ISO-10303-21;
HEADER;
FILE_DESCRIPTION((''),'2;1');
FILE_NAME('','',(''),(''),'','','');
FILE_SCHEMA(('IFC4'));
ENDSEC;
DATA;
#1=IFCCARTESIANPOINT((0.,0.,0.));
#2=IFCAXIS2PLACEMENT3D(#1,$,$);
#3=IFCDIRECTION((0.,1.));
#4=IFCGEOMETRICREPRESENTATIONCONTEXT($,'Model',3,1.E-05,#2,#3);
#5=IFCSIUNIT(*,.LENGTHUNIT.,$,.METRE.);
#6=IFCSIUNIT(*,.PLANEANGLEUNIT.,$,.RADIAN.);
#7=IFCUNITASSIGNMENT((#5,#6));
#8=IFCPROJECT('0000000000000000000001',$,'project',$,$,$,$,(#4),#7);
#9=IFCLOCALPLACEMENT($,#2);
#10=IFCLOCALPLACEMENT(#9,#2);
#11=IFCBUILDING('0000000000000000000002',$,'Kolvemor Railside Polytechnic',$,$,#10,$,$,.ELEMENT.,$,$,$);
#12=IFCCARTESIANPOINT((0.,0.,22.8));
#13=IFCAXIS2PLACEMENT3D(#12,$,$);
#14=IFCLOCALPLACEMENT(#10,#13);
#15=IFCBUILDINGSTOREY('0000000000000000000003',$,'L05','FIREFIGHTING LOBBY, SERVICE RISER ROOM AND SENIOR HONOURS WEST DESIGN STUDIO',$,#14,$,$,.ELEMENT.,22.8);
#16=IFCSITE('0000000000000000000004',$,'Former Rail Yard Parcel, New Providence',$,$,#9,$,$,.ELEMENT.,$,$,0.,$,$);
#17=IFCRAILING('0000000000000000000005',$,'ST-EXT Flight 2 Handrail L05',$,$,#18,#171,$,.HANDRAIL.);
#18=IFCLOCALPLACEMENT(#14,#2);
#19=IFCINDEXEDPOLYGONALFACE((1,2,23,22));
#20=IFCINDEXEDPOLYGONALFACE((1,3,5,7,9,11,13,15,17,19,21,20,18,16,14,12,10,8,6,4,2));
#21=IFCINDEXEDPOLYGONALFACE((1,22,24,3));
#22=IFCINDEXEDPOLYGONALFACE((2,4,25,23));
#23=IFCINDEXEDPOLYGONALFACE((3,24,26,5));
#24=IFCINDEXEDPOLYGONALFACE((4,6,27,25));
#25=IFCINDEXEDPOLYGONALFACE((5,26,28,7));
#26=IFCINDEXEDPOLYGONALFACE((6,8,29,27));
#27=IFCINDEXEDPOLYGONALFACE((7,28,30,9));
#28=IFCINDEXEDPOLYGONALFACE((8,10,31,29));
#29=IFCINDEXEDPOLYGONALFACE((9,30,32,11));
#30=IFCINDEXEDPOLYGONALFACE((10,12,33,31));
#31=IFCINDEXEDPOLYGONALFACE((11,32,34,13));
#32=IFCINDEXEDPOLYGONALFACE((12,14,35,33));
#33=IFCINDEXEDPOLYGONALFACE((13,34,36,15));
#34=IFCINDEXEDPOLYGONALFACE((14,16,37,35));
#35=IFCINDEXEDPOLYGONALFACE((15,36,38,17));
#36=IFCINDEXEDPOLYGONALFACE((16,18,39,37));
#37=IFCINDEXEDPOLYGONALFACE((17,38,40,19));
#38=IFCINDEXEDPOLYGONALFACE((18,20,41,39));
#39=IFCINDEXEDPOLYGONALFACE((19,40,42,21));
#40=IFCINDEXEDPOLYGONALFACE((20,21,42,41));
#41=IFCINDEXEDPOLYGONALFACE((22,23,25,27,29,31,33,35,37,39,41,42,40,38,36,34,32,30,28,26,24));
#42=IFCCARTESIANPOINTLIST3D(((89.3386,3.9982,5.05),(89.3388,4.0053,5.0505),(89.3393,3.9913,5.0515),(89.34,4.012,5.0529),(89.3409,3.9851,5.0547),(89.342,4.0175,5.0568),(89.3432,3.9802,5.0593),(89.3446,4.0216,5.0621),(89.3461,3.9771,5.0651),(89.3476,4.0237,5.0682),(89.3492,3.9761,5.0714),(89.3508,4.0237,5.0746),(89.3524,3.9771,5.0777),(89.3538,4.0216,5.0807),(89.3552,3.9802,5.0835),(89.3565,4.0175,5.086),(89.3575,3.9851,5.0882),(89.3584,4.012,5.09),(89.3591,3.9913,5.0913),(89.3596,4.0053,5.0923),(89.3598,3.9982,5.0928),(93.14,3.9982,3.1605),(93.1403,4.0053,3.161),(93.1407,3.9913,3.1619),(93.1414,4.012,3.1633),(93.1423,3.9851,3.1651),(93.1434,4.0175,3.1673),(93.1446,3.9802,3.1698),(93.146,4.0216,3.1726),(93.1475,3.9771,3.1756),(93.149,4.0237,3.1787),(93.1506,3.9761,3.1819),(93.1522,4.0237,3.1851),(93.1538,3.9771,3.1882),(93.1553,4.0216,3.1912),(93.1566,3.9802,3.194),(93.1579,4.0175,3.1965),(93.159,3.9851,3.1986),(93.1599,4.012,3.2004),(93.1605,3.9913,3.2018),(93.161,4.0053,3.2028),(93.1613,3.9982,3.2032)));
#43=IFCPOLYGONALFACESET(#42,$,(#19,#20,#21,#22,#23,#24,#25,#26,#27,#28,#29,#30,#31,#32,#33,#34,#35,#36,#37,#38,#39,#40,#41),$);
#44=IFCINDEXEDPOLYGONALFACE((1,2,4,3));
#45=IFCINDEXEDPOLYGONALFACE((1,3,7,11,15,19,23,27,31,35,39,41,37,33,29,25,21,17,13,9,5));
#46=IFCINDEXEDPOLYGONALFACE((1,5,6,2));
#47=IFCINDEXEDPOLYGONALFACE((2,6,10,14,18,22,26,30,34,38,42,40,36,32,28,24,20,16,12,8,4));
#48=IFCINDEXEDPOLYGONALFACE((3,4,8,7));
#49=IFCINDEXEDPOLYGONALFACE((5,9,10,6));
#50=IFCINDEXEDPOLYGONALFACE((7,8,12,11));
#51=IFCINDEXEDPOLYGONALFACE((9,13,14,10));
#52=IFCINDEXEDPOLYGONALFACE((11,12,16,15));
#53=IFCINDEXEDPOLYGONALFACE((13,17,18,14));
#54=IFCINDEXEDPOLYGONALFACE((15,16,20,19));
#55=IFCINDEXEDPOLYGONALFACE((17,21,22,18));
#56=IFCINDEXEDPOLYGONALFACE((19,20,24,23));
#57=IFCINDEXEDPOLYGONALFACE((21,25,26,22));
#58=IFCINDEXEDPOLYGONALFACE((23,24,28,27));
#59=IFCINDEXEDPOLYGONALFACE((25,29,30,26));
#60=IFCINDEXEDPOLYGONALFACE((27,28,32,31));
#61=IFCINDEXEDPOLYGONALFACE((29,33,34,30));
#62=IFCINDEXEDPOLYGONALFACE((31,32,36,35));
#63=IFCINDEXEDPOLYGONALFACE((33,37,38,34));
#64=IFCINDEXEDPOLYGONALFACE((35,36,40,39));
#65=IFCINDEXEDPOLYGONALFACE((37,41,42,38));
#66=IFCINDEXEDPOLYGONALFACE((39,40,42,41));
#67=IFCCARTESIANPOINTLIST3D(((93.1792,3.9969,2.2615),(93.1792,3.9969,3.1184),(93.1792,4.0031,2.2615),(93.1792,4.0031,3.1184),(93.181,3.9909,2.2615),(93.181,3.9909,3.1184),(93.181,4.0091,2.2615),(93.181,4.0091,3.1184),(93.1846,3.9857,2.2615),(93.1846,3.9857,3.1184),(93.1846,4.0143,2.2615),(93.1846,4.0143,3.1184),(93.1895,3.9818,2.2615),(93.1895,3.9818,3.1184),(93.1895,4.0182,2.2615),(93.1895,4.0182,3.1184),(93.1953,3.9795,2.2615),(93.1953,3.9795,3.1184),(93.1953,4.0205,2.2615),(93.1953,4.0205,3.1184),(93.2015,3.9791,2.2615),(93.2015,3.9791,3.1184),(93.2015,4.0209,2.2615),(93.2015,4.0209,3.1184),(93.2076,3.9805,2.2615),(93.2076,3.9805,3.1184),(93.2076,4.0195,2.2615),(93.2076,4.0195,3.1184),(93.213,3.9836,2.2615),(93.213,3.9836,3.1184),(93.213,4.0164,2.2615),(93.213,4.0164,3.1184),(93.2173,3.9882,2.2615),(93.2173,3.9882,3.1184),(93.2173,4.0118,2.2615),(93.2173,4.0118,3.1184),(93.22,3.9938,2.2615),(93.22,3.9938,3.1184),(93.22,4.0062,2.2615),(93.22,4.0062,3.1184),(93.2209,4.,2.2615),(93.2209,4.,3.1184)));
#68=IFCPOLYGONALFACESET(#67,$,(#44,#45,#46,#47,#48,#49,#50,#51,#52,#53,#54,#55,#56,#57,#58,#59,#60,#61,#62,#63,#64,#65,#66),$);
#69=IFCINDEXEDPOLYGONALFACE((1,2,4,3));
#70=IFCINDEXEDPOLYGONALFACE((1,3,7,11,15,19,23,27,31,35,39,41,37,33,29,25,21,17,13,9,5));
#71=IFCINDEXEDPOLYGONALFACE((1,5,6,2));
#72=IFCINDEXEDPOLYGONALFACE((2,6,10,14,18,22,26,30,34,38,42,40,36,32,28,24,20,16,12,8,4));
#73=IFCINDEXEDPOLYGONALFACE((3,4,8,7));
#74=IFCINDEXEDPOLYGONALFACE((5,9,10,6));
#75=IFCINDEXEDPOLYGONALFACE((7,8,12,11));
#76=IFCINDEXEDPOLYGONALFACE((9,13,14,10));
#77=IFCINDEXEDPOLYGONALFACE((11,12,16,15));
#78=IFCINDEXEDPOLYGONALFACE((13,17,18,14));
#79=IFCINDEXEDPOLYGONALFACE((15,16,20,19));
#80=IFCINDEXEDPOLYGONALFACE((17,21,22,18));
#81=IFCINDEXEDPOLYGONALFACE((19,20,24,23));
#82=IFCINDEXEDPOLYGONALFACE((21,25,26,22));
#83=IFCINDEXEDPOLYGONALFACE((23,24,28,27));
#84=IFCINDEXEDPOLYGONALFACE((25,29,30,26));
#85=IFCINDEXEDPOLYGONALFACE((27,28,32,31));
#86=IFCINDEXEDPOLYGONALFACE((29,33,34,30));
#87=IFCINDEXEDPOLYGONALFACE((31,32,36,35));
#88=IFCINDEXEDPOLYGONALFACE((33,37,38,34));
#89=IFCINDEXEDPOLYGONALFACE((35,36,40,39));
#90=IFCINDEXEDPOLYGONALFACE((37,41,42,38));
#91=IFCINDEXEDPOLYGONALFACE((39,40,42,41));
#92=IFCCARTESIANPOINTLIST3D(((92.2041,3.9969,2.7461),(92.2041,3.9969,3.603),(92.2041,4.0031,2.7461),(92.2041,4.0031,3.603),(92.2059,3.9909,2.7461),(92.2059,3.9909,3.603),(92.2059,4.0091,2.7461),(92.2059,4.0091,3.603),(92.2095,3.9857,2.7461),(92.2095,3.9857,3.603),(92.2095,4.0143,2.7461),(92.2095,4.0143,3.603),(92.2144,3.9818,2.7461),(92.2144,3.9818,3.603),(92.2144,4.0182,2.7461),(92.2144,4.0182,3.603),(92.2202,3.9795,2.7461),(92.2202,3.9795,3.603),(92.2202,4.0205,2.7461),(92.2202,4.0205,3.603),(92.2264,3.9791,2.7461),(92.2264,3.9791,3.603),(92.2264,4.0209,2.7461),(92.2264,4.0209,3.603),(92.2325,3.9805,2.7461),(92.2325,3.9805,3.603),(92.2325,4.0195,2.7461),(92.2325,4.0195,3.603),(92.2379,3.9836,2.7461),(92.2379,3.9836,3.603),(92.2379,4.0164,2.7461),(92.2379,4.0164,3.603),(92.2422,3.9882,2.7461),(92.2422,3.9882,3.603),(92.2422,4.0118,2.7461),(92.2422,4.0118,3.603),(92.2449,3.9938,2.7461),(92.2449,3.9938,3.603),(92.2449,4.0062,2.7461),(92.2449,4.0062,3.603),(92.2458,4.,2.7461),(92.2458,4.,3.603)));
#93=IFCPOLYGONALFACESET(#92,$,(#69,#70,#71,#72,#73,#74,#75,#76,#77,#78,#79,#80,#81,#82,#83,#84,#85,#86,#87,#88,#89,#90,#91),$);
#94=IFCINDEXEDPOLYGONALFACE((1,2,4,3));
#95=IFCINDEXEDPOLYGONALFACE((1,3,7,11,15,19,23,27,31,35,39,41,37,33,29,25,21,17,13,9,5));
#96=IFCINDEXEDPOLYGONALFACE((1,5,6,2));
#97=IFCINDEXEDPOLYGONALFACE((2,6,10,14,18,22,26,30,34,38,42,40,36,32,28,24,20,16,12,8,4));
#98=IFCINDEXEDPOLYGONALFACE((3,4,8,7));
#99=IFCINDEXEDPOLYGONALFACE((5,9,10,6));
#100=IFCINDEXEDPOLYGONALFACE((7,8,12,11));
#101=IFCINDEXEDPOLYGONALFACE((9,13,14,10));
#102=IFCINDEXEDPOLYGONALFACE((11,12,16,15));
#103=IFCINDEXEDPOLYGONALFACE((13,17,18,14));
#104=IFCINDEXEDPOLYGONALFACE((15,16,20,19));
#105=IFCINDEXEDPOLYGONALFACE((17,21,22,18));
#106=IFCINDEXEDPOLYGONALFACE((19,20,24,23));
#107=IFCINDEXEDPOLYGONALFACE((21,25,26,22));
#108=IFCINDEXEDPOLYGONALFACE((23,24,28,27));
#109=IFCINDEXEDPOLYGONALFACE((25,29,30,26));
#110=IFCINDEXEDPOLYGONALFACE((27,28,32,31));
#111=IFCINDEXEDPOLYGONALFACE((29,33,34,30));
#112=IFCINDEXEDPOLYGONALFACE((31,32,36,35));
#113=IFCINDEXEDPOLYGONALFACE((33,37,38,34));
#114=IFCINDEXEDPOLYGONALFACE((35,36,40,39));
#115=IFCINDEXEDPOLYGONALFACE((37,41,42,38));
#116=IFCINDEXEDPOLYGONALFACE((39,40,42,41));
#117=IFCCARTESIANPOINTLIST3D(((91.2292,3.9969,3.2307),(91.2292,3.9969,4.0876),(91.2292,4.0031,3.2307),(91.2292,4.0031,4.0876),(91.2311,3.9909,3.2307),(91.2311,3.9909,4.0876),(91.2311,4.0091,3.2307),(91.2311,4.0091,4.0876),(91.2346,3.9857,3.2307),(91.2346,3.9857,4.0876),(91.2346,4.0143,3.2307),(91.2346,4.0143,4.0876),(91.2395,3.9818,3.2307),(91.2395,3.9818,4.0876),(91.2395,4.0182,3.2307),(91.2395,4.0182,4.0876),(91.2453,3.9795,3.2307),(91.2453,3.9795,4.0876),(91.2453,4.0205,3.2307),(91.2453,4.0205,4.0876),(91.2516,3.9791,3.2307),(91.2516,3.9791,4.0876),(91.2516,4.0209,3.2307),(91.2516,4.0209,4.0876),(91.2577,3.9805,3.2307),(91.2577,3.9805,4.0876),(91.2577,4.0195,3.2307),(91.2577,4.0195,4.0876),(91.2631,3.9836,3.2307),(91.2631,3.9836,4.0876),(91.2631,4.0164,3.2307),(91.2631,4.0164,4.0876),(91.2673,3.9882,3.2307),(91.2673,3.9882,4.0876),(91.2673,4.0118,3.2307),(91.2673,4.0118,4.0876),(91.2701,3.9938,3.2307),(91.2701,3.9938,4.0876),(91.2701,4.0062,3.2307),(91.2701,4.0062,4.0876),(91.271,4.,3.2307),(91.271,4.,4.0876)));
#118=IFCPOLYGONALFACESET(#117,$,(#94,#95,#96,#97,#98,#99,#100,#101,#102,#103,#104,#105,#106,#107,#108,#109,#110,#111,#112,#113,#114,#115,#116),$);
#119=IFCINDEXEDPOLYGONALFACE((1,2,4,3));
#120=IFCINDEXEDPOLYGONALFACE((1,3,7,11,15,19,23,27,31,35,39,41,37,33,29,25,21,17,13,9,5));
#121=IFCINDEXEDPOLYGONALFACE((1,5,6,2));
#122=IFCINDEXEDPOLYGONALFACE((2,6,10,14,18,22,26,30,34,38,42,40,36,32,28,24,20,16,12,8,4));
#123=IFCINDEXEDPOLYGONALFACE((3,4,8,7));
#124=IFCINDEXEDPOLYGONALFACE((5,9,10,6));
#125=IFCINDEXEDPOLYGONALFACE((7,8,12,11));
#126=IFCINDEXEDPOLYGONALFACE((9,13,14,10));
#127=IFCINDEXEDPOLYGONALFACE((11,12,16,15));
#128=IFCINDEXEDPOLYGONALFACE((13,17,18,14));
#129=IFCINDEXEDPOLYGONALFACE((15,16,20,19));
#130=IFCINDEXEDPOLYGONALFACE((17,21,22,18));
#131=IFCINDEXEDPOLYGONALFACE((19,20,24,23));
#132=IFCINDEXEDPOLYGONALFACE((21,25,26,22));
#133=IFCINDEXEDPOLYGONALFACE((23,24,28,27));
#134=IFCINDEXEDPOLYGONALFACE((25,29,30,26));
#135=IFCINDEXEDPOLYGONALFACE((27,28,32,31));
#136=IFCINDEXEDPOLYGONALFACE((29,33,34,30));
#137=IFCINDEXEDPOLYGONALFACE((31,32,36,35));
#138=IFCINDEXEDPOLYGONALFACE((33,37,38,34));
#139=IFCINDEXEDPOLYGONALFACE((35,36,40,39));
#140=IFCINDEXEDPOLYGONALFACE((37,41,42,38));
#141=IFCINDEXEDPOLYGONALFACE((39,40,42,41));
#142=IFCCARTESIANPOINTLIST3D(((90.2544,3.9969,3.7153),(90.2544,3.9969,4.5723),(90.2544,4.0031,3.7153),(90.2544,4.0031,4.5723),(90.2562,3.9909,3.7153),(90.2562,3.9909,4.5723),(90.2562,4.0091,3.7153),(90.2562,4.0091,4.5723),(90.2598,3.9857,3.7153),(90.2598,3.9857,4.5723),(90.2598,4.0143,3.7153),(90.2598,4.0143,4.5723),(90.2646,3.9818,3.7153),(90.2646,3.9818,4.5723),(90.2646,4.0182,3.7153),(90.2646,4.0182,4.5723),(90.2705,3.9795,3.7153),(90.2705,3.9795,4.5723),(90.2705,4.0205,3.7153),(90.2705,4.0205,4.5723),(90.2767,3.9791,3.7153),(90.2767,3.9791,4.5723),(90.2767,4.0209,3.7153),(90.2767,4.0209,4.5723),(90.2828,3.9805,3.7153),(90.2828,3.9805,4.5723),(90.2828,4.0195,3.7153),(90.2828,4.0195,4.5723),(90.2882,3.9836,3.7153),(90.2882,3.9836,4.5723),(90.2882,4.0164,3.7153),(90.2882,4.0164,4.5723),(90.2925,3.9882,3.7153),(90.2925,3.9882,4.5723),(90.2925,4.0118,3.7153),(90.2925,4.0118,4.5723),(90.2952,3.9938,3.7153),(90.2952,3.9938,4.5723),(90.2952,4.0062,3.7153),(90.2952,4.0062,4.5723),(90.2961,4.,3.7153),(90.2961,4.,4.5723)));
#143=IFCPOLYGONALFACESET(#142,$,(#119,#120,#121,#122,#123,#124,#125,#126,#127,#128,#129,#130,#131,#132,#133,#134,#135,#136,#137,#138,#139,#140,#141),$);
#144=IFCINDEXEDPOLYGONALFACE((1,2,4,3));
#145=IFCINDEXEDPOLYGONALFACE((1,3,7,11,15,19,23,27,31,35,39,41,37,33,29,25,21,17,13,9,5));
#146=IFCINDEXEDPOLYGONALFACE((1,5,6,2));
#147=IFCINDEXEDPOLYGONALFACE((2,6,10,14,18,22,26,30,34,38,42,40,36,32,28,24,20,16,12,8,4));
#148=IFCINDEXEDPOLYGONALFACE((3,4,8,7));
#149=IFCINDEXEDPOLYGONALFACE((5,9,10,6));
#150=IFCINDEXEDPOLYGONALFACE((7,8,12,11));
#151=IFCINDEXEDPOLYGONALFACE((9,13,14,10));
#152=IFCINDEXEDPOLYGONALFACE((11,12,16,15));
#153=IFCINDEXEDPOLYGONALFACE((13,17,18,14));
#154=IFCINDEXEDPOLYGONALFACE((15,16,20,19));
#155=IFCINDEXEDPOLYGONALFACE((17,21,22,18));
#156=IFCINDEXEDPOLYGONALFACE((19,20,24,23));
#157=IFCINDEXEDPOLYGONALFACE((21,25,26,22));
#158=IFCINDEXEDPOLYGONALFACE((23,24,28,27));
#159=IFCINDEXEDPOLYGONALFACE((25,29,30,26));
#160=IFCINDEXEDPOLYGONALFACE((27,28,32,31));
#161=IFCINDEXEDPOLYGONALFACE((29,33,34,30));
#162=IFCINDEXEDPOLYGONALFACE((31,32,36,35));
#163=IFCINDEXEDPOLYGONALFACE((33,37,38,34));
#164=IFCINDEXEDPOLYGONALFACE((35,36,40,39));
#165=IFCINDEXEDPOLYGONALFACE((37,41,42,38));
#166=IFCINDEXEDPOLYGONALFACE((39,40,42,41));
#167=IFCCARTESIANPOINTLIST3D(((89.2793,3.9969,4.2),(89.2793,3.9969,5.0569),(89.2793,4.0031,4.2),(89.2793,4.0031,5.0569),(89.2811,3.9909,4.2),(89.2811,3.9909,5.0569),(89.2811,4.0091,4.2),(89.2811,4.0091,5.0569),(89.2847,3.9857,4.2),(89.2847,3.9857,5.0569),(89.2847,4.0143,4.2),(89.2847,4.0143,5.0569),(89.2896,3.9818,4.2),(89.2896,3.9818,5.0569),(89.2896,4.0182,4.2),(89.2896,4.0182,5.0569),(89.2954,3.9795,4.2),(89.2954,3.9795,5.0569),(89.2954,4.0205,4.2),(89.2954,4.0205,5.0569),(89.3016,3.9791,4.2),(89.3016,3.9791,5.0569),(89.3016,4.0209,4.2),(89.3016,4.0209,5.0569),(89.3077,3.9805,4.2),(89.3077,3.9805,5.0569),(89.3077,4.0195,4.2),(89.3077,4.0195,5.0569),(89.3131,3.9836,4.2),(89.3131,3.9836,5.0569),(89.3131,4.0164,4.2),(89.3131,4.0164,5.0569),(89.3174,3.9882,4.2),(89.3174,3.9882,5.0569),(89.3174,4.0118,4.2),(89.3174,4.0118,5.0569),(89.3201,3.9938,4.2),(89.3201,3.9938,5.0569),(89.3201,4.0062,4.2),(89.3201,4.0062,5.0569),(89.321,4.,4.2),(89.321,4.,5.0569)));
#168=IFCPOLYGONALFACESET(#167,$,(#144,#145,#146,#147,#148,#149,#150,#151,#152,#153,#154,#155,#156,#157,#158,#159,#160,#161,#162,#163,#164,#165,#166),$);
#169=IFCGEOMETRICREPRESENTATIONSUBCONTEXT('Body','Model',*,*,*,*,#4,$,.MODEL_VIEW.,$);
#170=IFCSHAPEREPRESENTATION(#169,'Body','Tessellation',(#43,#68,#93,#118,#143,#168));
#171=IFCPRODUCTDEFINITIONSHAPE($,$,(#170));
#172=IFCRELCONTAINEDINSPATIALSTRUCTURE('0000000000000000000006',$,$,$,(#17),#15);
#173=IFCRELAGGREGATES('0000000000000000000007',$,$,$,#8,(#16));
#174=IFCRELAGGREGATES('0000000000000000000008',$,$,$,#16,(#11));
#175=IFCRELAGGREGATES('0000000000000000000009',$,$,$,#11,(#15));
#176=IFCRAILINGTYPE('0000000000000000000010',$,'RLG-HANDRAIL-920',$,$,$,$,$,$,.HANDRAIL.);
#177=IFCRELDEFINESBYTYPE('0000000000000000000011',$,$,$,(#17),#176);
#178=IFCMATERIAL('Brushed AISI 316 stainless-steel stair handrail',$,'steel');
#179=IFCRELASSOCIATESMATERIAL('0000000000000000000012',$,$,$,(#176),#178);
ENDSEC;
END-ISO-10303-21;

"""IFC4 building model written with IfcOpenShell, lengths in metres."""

from ifc_helpers import new_model, si_unit, direction, frame, origin, origin_2d, place, context, subcontext, project, spatial, circle, extrude, material, type_object, element, save


model = new_model("IFC4")

# Units and contexts
model_context = context("Model", 3, precision=1e-05, world=origin(), true_north=direction((0.0, 1.0)))
body_context = subcontext(model_context, "Body", "Model", "MODEL_VIEW")
ifc_project = project(units=[si_unit("LENGTHUNIT", "METRE"), si_unit("PLANEANGLEUNIT", "RADIAN")], contexts=[model_context])

# Site, building, storey
site_placement = place(None, origin())
site = spatial("IfcSite", under=ifc_project, at=site_placement, Name="Former Rail Yard Parcel, New Providence", CompositionType="ELEMENT", RefElevation=0.0)
building_placement = place(site_placement, origin())
building = spatial("IfcBuilding", under=site, at=building_placement, Name="Kolvemor Railside Polytechnic", CompositionType="ELEMENT")
storey_placement = place(building_placement, frame((0.0, 0.0, 22.8)))
storey = spatial("IfcBuildingStorey", under=building, at=storey_placement, Name="L05", Description="FIREFIGHTING LOBBY, SERVICE RISER ROOM AND SENIOR HONOURS WEST DESIGN STUDIO", CompositionType="ELEMENT", Elevation=22.8)

# Railing
ifc_material_1 = material(Name="Brushed AISI 316 stainless-steel stair handrail", Category="steel")
railing_type_1 = type_object("IfcRailingType", Name="RLG-HANDRAIL-920", PredefinedType="HANDRAIL", material=ifc_material_1)
railing_1_placement = place(storey_placement, frame((93.2, 4.0, 2.2615)))
element("IfcRailing", 1, at=railing_1_placement, inside=storey, type_object=railing_type_1, Name="ST-EXT Flight 2 Handrail L05", PredefinedType="HANDRAIL", context=body_context, shape_type="SweptSolid", body=[
    extrude(circle(Radius=0.0239, at=origin_2d()), frame((-0.0493, 0.0, 0.9204), z_axis=(-0.895479, 0.0, 0.445105), x_axis=(0.0, -1.0, 0.0)), (0.0, 0.0, 1.0), 4.2451),
    extrude(circle(Radius=0.021, at=origin_2d()), origin(), (0.0, 0.0, 1.0), 0.8569),
    extrude(circle(Radius=0.021, at=origin_2d()), frame((-0.9751, 0.0, 0.4846)), (0.0, 0.0, 1.0), 0.8569),
    extrude(circle(Radius=0.021, at=origin_2d()), frame((-1.95, 0.0, 0.9692)), (0.0, 0.0, 1.0), 0.8569),
    extrude(circle(Radius=0.021, at=origin_2d()), frame((-2.9248, 0.0, 1.4539)), (0.0, 0.0, 1.0), 0.8569),
    extrude(circle(Radius=0.021, at=origin_2d()), frame((-3.8999, 0.0, 1.9385)), (0.0, 0.0, 1.0), 0.8569),
])

save(model, "model.ifc")
